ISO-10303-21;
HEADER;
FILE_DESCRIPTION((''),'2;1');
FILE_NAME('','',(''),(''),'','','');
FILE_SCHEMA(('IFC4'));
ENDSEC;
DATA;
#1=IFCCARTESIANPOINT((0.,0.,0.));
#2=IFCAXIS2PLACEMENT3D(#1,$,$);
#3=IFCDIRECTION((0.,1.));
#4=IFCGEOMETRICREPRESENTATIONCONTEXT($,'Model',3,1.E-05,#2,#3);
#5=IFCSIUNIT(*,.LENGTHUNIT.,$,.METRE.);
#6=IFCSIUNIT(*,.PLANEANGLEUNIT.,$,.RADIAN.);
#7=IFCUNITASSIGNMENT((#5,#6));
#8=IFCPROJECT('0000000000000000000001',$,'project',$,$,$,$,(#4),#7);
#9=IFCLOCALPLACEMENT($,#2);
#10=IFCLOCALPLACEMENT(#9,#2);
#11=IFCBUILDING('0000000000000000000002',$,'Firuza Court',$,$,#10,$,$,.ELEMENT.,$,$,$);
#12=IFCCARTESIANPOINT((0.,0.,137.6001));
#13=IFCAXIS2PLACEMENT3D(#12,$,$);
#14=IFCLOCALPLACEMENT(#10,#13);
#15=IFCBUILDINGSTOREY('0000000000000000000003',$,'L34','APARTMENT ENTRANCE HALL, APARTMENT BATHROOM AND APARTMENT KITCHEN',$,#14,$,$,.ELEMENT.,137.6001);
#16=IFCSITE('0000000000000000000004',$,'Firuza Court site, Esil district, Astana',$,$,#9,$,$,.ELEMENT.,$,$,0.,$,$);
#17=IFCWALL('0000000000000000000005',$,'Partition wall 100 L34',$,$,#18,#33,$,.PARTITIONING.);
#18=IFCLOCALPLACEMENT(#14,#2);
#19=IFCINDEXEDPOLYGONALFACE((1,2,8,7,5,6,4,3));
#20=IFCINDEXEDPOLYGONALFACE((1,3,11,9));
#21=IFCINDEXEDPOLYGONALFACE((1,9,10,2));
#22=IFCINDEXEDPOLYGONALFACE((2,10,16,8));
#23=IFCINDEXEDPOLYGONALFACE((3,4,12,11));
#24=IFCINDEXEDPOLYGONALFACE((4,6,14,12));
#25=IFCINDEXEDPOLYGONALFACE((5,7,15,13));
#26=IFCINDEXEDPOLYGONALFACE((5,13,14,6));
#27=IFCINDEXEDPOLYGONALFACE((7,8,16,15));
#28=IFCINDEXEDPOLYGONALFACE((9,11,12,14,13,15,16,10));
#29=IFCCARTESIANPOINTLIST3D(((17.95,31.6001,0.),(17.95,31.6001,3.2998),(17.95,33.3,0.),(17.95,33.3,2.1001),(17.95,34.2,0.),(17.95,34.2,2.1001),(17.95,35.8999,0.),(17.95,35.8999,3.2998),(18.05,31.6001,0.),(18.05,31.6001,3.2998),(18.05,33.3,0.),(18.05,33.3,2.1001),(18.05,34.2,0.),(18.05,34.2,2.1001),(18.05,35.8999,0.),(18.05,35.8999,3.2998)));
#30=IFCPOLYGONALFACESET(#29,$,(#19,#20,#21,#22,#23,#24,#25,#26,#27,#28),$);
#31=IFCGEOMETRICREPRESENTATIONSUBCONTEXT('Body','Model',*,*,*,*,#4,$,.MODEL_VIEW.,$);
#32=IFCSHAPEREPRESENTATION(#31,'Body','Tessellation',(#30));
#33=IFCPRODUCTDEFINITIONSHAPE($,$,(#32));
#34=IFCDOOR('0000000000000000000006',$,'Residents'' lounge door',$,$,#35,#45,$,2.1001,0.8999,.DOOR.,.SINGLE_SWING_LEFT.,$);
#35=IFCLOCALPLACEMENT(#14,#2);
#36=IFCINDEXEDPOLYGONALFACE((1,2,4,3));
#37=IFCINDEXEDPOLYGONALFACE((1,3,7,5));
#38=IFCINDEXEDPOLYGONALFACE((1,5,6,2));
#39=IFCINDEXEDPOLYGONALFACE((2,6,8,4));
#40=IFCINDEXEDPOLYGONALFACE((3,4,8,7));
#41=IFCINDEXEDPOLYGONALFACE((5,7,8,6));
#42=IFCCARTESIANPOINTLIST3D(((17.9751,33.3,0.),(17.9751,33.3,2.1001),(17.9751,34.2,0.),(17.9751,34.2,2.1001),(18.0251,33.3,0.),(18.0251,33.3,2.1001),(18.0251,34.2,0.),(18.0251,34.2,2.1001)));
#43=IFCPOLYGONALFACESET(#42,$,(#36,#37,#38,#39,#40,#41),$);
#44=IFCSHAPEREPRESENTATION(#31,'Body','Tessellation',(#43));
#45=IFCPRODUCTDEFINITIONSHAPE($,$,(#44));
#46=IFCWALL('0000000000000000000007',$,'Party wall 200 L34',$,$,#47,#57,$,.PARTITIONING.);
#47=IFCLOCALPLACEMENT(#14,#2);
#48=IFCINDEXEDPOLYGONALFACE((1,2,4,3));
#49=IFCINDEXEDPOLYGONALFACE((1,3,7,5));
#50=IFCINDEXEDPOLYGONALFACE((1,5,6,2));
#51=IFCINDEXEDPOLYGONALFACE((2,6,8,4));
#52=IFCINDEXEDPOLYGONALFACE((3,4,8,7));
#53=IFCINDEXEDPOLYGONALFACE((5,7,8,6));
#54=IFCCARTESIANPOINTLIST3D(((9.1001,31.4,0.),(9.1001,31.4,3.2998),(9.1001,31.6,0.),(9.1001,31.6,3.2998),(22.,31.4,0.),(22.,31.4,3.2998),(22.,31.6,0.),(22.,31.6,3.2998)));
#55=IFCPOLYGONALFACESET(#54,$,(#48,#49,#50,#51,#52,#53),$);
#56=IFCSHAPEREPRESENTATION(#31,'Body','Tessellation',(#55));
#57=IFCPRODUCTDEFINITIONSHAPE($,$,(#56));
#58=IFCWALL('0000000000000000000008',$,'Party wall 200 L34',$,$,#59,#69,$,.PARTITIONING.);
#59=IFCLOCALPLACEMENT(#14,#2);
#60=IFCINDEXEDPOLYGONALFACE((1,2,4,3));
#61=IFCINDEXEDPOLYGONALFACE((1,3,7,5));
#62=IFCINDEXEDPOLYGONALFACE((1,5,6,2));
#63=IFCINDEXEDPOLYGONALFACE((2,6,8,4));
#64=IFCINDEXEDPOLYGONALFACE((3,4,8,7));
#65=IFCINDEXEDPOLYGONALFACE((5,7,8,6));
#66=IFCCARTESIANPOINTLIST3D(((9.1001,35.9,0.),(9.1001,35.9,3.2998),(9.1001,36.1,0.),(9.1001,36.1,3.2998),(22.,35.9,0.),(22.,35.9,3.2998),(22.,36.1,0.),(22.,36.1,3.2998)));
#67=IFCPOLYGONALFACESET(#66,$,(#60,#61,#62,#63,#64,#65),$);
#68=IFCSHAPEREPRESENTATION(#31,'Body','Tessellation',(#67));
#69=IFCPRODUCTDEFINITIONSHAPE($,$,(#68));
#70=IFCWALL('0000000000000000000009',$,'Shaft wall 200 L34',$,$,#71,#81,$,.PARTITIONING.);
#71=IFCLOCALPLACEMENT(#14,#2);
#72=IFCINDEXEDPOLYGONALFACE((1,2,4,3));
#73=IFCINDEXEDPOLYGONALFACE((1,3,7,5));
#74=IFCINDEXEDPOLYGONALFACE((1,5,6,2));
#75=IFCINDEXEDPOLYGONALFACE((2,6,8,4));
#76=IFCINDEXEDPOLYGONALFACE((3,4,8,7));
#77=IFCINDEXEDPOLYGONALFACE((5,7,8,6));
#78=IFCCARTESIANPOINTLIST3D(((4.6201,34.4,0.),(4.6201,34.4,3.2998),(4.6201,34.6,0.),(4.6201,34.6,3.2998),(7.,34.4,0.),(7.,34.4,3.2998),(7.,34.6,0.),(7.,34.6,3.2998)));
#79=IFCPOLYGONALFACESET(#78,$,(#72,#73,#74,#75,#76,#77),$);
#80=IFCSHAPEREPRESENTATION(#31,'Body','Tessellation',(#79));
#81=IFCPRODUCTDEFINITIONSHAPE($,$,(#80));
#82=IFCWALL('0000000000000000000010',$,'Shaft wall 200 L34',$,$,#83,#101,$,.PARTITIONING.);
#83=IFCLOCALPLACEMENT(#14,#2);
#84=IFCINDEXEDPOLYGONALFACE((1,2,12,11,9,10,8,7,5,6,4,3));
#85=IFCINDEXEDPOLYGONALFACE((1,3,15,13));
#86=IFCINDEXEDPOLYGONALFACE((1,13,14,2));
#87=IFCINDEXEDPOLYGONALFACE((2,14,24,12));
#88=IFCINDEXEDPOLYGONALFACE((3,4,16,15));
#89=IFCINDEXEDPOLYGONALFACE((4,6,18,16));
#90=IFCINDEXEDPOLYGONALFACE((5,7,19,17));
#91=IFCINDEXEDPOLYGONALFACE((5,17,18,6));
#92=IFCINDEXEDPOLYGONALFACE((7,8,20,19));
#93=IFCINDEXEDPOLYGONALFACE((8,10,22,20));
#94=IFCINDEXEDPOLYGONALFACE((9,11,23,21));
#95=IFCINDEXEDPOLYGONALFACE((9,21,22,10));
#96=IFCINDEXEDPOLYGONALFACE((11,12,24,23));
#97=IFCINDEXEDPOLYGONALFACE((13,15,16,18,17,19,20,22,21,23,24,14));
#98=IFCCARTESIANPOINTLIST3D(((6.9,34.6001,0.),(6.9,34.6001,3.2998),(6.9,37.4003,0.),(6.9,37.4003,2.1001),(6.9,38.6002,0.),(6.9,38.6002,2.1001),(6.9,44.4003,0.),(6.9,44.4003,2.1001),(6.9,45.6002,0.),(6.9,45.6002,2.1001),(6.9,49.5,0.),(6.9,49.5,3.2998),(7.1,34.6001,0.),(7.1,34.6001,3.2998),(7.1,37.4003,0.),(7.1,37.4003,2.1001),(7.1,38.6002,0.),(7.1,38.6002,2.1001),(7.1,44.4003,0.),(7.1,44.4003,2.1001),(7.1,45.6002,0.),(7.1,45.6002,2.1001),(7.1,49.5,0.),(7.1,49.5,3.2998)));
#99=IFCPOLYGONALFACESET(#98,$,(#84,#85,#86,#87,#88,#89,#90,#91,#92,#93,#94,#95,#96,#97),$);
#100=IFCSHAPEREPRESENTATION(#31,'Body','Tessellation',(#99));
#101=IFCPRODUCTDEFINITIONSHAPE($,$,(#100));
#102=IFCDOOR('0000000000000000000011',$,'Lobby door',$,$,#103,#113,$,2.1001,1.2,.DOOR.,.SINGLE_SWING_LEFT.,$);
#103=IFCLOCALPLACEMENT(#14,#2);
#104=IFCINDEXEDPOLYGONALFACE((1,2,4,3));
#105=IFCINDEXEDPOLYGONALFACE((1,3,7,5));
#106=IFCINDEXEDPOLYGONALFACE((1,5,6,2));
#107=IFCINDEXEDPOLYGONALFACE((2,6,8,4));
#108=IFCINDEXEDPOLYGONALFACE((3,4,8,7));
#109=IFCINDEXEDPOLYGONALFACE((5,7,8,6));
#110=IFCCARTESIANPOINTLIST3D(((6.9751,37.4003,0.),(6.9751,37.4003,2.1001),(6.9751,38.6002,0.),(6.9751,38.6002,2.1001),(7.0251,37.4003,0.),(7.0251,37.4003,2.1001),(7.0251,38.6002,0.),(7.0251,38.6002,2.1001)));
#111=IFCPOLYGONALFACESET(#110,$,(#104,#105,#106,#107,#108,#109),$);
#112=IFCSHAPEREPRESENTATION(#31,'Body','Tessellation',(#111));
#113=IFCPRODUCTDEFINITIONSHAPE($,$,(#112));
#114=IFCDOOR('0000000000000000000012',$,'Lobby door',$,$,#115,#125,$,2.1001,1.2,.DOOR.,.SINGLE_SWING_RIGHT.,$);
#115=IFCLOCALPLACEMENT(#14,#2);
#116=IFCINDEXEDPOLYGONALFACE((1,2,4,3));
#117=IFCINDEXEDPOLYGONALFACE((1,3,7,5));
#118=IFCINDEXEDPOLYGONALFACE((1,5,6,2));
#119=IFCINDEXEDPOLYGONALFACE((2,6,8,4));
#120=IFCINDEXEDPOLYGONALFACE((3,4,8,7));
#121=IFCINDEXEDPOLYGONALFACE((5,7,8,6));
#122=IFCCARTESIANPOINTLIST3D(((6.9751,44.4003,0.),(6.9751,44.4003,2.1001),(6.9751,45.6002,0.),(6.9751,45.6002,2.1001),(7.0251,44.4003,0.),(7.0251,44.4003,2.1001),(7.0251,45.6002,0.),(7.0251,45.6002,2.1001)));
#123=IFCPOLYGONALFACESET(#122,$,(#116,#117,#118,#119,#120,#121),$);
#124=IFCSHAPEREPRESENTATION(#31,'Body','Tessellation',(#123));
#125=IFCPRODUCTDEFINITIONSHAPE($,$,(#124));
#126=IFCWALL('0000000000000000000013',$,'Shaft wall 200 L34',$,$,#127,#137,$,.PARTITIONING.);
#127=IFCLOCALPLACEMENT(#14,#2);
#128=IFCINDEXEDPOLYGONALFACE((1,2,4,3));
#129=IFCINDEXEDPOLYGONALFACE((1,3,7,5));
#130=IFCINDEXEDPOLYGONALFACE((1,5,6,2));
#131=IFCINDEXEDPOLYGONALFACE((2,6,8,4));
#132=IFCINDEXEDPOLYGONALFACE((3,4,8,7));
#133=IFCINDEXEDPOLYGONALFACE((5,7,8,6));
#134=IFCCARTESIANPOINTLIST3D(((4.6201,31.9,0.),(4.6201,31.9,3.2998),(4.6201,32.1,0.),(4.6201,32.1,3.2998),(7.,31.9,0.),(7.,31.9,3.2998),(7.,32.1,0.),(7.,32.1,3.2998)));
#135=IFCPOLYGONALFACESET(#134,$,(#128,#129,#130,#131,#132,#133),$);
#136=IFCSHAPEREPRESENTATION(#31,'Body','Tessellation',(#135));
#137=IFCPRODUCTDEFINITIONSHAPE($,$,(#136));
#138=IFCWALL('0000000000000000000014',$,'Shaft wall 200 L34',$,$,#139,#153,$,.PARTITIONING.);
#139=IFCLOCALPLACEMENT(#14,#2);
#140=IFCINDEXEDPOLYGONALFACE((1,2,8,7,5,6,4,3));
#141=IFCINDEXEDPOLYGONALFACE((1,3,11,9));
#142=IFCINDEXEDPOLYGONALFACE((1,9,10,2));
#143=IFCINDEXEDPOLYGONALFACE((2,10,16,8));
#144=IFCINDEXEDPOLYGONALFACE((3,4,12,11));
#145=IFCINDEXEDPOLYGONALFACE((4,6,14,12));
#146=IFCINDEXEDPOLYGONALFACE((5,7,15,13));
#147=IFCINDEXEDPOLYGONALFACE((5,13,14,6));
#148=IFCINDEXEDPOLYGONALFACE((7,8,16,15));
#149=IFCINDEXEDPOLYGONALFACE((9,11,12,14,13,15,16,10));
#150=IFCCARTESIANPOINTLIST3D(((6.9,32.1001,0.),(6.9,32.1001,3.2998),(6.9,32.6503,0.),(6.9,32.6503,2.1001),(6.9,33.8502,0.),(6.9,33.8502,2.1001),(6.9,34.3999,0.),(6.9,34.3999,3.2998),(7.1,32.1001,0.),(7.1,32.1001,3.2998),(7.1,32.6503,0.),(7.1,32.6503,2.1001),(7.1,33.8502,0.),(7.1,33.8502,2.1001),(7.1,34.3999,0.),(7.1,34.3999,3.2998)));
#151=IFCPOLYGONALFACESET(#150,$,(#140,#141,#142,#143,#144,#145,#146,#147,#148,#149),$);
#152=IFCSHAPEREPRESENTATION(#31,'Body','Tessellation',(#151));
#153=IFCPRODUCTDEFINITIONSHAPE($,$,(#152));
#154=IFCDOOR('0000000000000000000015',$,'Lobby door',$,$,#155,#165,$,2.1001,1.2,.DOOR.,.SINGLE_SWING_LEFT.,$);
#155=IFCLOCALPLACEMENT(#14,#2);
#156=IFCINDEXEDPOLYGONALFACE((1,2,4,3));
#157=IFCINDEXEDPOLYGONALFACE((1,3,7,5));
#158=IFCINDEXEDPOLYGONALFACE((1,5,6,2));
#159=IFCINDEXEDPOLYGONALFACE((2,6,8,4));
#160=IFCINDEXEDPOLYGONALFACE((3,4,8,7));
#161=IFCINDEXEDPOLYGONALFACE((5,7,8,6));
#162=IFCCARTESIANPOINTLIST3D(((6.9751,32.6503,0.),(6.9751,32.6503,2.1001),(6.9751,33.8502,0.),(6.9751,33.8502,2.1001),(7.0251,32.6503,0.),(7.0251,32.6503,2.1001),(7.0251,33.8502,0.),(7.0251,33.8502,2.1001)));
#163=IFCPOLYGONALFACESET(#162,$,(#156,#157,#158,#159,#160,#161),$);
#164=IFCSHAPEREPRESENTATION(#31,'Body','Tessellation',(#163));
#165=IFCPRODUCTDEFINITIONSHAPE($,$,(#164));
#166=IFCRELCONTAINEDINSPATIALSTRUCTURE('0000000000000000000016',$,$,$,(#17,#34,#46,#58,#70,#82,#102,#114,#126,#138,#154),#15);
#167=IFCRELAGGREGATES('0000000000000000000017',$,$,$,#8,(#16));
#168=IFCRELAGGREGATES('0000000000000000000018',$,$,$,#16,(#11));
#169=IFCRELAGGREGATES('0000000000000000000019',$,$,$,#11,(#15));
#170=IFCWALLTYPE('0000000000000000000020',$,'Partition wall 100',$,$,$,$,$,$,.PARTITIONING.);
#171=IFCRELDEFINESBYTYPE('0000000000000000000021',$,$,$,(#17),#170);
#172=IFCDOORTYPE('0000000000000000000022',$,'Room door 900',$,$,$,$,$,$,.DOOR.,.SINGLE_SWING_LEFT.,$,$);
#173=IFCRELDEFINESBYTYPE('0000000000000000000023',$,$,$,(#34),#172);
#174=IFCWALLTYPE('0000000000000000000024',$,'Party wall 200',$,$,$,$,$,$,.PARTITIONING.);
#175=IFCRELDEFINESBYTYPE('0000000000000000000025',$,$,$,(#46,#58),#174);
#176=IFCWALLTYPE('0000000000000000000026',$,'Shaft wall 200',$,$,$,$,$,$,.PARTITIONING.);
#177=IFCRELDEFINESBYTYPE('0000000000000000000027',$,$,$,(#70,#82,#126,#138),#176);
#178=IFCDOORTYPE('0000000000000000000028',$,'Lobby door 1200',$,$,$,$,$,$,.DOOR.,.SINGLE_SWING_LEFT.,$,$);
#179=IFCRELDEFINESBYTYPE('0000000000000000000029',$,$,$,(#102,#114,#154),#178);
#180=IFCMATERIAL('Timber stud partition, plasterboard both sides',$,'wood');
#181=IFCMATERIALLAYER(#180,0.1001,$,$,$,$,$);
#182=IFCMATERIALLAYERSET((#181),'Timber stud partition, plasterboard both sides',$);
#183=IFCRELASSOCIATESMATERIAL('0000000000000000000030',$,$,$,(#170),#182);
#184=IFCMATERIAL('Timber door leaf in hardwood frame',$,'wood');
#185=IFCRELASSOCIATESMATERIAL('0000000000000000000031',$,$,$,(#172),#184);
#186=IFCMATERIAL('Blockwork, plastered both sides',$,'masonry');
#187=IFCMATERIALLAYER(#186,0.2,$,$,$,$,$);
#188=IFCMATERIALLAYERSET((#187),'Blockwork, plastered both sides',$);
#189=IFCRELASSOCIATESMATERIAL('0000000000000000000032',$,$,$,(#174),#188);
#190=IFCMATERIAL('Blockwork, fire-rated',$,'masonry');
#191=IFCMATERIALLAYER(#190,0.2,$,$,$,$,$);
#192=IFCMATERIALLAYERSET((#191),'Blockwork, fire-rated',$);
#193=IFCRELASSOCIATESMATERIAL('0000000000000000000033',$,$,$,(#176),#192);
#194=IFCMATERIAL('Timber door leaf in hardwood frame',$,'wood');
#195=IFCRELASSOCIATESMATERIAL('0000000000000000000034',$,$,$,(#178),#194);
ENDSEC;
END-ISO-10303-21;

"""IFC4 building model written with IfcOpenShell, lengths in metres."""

from ifc_helpers import new_model, si_unit, direction, frame, frame_2d, origin, place, context, subcontext, project, spatial, rectangle, extrude, material, layer, layer_set, type_object, element, fill, save


model = new_model("IFC4")

# Units and contexts
model_context = context("Model", 3, precision=1e-05, world=origin(), true_north=direction((0.0, 1.0)))
body_context = subcontext(model_context, "Body", "Model", "MODEL_VIEW")
ifc_project = project(units=[si_unit("LENGTHUNIT", "METRE"), si_unit("PLANEANGLEUNIT", "RADIAN")], contexts=[model_context])

# Site, building, storey
site_placement = place(None, origin())
site = spatial("IfcSite", under=ifc_project, at=site_placement, Name="Firuza Court site, Esil district, Astana", CompositionType="ELEMENT", RefElevation=0.0)
building_placement = place(site_placement, origin())
building = spatial("IfcBuilding", under=site, at=building_placement, Name="Firuza Court", CompositionType="ELEMENT")
storey_placement = place(building_placement, frame((0.0, 0.0, 137.6001)))
storey = spatial("IfcBuildingStorey", under=building, at=storey_placement, Name="L34", Description="APARTMENT ENTRANCE HALL, APARTMENT BATHROOM AND APARTMENT KITCHEN", CompositionType="ELEMENT", Elevation=137.6001)

# Wall, opening, door
ifc_material_1 = material(Name="Blockwork, plastered both sides", Category="masonry")
ifc_material_2 = material(Name="Timber stud partition, plasterboard both sides", Category="wood")
ifc_layer_1 = layer(ifc_material_2, 0.1001)
ifc_layer_set_1 = layer_set([ifc_layer_1], Name="Timber stud partition, plasterboard both sides")
wall_type_1 = type_object("IfcWallType", Name="Partition wall 100", PredefinedType="PARTITIONING", material=ifc_layer_set_1)
wall_1_placement = place(storey_placement, frame((18.0, 31.6001, 0.0), z_axis=(0.0, 0.0, 1.0), x_axis=(0.0, 1.0, 0.0)))
wall_1 = element("IfcWall", 1, at=wall_1_placement, inside=storey, type_object=wall_type_1, Name="Partition wall 100 L34", PredefinedType="PARTITIONING", context=body_context, shape_type="SweptSolid", body=[
    extrude(rectangle(XDim=4.2998, YDim=0.1001, at=frame_2d((2.1499, 0.0))), origin(), (0.0, 0.0, 1.0), 3.2998),
])
opening_1_placement = place(wall_1_placement, frame((1.7, 0.0, 0.0)))
opening_1 = element("IfcOpeningElement", 2, at=opening_1_placement, cuts=wall_1, PredefinedType="OPENING", context=body_context, shape_type="SweptSolid", body=[
    extrude(rectangle(XDim=0.8999, YDim=2.1001, at=frame_2d((0.45, 1.05))), frame((0.0, 0.062, 0.0), z_axis=(0.0, -1.0, 0.0), x_axis=(1.0, 0.0, 0.0)), (0.0, 0.0, 1.0), 0.124),
])
ifc_material_3 = material(Name="Timber door leaf in hardwood frame", Category="wood")
door_type_1 = type_object("IfcDoorType", Name="Room door 900", OperationType="SINGLE_SWING_LEFT", PredefinedType="DOOR", material=ifc_material_3)
door_1_placement = place(opening_1_placement, origin())
door_1 = element("IfcDoor", 3, at=door_1_placement, inside=storey, type_object=door_type_1, Name="Residents' lounge door", OperationType="SINGLE_SWING_LEFT", OverallHeight=2.1001, OverallWidth=0.8999, PredefinedType="DOOR", context=body_context, shape_type="SweptSolid", body=[
    extrude(rectangle(XDim=0.8999, YDim=2.1001, at=frame_2d((0.45, 1.05))), frame((0.0, 0.0249, 0.0), z_axis=(0.0, -1.0, 0.0), x_axis=(1.0, 0.0, 0.0)), (0.0, 0.0, 1.0), 0.05),
])
fill(opening_1, door_1)

# Walls
ifc_layer_2 = layer(ifc_material_1, 0.2)
ifc_layer_set_2 = layer_set([ifc_layer_2], Name="Blockwork, plastered both sides")
wall_type_2 = type_object("IfcWallType", Name="Party wall 200", PredefinedType="PARTITIONING", material=ifc_layer_set_2)
for number, where, z_axis, x_axis, name in (
    (4, (9.1001, 31.5, 0.0), (0.0, 0.0, 1.0), (1.0, 0.0, 0.0), "Party wall 200 L34"),
    (5, (9.1001, 36.0, 0.0), (0.0, 0.0, 1.0), (1.0, 0.0, 0.0), "Party wall 200 L34"),
):
    element("IfcWall", number, at=place(storey_placement, frame(where, z_axis=z_axis, x_axis=x_axis)), inside=storey, type_object=wall_type_2, Name=name, PredefinedType="PARTITIONING", context=body_context, shape_type="SweptSolid", body=[
        extrude(rectangle(XDim=12.8999, YDim=0.2, at=frame_2d((6.45, 0.0))), origin(), (0.0, 0.0, 1.0), 3.2998),
    ])
ifc_material_4 = material(Name="Blockwork, fire-rated", Category="masonry")
ifc_layer_3 = layer(ifc_material_4, 0.2)
ifc_layer_set_3 = layer_set([ifc_layer_3], Name="Blockwork, fire-rated")
wall_type_3 = type_object("IfcWallType", Name="Shaft wall 200", PredefinedType="PARTITIONING", material=ifc_layer_set_3)
wall_2_placement = place(storey_placement, frame((4.6201, 34.5, 0.0), z_axis=(0.0, 0.0, 1.0), x_axis=(1.0, 0.0, 0.0)))
element("IfcWall", 6, at=wall_2_placement, inside=storey, type_object=wall_type_3, Name="Shaft wall 200 L34", PredefinedType="PARTITIONING", context=body_context, shape_type="SweptSolid", body=[
    extrude(rectangle(XDim=2.3799, YDim=0.2, at=frame_2d((1.1899, 0.0))), origin(), (0.0, 0.0, 1.0), 3.2998),
])

# Wall, openings, doors
wall_3_placement = place(storey_placement, frame((7.0, 34.6001, 0.0), z_axis=(0.0, 0.0, 1.0), x_axis=(0.0, 1.0, 0.0)))
wall_3 = element("IfcWall", 7, at=wall_3_placement, inside=storey, type_object=wall_type_3, Name="Shaft wall 200 L34", PredefinedType="PARTITIONING", context=body_context, shape_type="SweptSolid", body=[
    extrude(rectangle(XDim=14.8999, YDim=0.2, at=frame_2d((7.45, 0.0))), origin(), (0.0, 0.0, 1.0), 3.2998),
])
opening_2_placement = place(wall_3_placement, frame((2.8, 0.0, 0.0)))
opening_2 = element("IfcOpeningElement", 8, at=opening_2_placement, cuts=wall_3, PredefinedType="OPENING", context=body_context, shape_type="SweptSolid", body=[
    extrude(rectangle(XDim=1.2, YDim=2.1001, at=frame_2d((0.6001, 1.05))), frame((0.0, 0.1118, 0.0), z_axis=(0.0, -1.0, 0.0), x_axis=(1.0, 0.0, 0.0)), (0.0, 0.0, 1.0), 0.2239),
])
opening_3_placement = place(wall_3_placement, frame((9.8, 0.0, 0.0)))
opening_3 = element("IfcOpeningElement", 9, at=opening_3_placement, cuts=wall_3, PredefinedType="OPENING", context=body_context, shape_type="SweptSolid", body=[
    extrude(rectangle(XDim=1.2, YDim=2.1001, at=frame_2d((0.6001, 1.05))), frame((0.0, 0.1118, 0.0), z_axis=(0.0, -1.0, 0.0), x_axis=(1.0, 0.0, 0.0)), (0.0, 0.0, 1.0), 0.2239),
])
ifc_material_5 = material(Name="Timber door leaf in hardwood frame", Category="wood")
door_type_2 = type_object("IfcDoorType", Name="Lobby door 1200", OperationType="SINGLE_SWING_LEFT", PredefinedType="DOOR", material=ifc_material_5)
door_2_placement = place(opening_2_placement, origin())
door_2 = element("IfcDoor", 10, at=door_2_placement, inside=storey, type_object=door_type_2, Name="Lobby door", OperationType="SINGLE_SWING_LEFT", OverallHeight=2.1001, OverallWidth=1.2, PredefinedType="DOOR", context=body_context, shape_type="SweptSolid", body=[
    extrude(rectangle(XDim=1.2, YDim=2.1001, at=frame_2d((0.6001, 1.05))), frame((0.0, 0.0249, 0.0), z_axis=(0.0, -1.0, 0.0), x_axis=(1.0, 0.0, 0.0)), (0.0, 0.0, 1.0), 0.05),
])
fill(opening_2, door_2)
door_3_placement = place(opening_3_placement, origin())
door_3 = element("IfcDoor", 11, at=door_3_placement, inside=storey, type_object=door_type_2, Name="Lobby door", OperationType="SINGLE_SWING_RIGHT", OverallHeight=2.1001, OverallWidth=1.2, PredefinedType="DOOR", context=body_context, shape_type="SweptSolid", body=[
    extrude(rectangle(XDim=1.2, YDim=2.1001, at=frame_2d((0.6001, 1.05))), frame((0.0, 0.0249, 0.0), z_axis=(0.0, -1.0, 0.0), x_axis=(1.0, 0.0, 0.0)), (0.0, 0.0, 1.0), 0.05),
])
fill(opening_3, door_3)

# Wall
wall_4_placement = place(storey_placement, frame((4.6201, 32.0, 0.0), z_axis=(0.0, 0.0, 1.0), x_axis=(1.0, 0.0, 0.0)))
element("IfcWall", 12, at=wall_4_placement, inside=storey, type_object=wall_type_3, Name="Shaft wall 200 L34", PredefinedType="PARTITIONING", context=body_context, shape_type="SweptSolid", body=[
    extrude(rectangle(XDim=2.3799, YDim=0.2, at=frame_2d((1.1899, 0.0))), origin(), (0.0, 0.0, 1.0), 3.2998),
])

# Wall, opening, door
wall_5_placement = place(storey_placement, frame((7.0, 32.1001, 0.0), z_axis=(0.0, 0.0, 1.0), x_axis=(0.0, 1.0, 0.0)))
wall_5 = element("IfcWall", 13, at=wall_5_placement, inside=storey, type_object=wall_type_3, Name="Shaft wall 200 L34", PredefinedType="PARTITIONING", context=body_context, shape_type="SweptSolid", body=[
    extrude(rectangle(XDim=2.2998, YDim=0.2, at=frame_2d((1.1499, 0.0))), origin(), (0.0, 0.0, 1.0), 3.2998),
])
opening_4_placement = place(wall_5_placement, frame((0.55, 0.0, 0.0)))
opening_4 = element("IfcOpeningElement", 14, at=opening_4_placement, cuts=wall_5, PredefinedType="OPENING", context=body_context, shape_type="SweptSolid", body=[
    extrude(rectangle(XDim=1.2, YDim=2.1001, at=frame_2d((0.6001, 1.05))), frame((0.0, 0.1118, 0.0), z_axis=(0.0, -1.0, 0.0), x_axis=(1.0, 0.0, 0.0)), (0.0, 0.0, 1.0), 0.2239),
])
door_4_placement = place(opening_4_placement, origin())
door_4 = element("IfcDoor", 15, at=door_4_placement, inside=storey, type_object=door_type_2, Name="Lobby door", OperationType="SINGLE_SWING_LEFT", OverallHeight=2.1001, OverallWidth=1.2, PredefinedType="DOOR", context=body_context, shape_type="SweptSolid", body=[
    extrude(rectangle(XDim=1.2, YDim=2.1001, at=frame_2d((0.6001, 1.05))), frame((0.0, 0.0249, 0.0), z_axis=(0.0, -1.0, 0.0), x_axis=(1.0, 0.0, 0.0)), (0.0, 0.0, 1.0), 0.05),
])
fill(opening_4, door_4)

save(model, "model.ifc")
